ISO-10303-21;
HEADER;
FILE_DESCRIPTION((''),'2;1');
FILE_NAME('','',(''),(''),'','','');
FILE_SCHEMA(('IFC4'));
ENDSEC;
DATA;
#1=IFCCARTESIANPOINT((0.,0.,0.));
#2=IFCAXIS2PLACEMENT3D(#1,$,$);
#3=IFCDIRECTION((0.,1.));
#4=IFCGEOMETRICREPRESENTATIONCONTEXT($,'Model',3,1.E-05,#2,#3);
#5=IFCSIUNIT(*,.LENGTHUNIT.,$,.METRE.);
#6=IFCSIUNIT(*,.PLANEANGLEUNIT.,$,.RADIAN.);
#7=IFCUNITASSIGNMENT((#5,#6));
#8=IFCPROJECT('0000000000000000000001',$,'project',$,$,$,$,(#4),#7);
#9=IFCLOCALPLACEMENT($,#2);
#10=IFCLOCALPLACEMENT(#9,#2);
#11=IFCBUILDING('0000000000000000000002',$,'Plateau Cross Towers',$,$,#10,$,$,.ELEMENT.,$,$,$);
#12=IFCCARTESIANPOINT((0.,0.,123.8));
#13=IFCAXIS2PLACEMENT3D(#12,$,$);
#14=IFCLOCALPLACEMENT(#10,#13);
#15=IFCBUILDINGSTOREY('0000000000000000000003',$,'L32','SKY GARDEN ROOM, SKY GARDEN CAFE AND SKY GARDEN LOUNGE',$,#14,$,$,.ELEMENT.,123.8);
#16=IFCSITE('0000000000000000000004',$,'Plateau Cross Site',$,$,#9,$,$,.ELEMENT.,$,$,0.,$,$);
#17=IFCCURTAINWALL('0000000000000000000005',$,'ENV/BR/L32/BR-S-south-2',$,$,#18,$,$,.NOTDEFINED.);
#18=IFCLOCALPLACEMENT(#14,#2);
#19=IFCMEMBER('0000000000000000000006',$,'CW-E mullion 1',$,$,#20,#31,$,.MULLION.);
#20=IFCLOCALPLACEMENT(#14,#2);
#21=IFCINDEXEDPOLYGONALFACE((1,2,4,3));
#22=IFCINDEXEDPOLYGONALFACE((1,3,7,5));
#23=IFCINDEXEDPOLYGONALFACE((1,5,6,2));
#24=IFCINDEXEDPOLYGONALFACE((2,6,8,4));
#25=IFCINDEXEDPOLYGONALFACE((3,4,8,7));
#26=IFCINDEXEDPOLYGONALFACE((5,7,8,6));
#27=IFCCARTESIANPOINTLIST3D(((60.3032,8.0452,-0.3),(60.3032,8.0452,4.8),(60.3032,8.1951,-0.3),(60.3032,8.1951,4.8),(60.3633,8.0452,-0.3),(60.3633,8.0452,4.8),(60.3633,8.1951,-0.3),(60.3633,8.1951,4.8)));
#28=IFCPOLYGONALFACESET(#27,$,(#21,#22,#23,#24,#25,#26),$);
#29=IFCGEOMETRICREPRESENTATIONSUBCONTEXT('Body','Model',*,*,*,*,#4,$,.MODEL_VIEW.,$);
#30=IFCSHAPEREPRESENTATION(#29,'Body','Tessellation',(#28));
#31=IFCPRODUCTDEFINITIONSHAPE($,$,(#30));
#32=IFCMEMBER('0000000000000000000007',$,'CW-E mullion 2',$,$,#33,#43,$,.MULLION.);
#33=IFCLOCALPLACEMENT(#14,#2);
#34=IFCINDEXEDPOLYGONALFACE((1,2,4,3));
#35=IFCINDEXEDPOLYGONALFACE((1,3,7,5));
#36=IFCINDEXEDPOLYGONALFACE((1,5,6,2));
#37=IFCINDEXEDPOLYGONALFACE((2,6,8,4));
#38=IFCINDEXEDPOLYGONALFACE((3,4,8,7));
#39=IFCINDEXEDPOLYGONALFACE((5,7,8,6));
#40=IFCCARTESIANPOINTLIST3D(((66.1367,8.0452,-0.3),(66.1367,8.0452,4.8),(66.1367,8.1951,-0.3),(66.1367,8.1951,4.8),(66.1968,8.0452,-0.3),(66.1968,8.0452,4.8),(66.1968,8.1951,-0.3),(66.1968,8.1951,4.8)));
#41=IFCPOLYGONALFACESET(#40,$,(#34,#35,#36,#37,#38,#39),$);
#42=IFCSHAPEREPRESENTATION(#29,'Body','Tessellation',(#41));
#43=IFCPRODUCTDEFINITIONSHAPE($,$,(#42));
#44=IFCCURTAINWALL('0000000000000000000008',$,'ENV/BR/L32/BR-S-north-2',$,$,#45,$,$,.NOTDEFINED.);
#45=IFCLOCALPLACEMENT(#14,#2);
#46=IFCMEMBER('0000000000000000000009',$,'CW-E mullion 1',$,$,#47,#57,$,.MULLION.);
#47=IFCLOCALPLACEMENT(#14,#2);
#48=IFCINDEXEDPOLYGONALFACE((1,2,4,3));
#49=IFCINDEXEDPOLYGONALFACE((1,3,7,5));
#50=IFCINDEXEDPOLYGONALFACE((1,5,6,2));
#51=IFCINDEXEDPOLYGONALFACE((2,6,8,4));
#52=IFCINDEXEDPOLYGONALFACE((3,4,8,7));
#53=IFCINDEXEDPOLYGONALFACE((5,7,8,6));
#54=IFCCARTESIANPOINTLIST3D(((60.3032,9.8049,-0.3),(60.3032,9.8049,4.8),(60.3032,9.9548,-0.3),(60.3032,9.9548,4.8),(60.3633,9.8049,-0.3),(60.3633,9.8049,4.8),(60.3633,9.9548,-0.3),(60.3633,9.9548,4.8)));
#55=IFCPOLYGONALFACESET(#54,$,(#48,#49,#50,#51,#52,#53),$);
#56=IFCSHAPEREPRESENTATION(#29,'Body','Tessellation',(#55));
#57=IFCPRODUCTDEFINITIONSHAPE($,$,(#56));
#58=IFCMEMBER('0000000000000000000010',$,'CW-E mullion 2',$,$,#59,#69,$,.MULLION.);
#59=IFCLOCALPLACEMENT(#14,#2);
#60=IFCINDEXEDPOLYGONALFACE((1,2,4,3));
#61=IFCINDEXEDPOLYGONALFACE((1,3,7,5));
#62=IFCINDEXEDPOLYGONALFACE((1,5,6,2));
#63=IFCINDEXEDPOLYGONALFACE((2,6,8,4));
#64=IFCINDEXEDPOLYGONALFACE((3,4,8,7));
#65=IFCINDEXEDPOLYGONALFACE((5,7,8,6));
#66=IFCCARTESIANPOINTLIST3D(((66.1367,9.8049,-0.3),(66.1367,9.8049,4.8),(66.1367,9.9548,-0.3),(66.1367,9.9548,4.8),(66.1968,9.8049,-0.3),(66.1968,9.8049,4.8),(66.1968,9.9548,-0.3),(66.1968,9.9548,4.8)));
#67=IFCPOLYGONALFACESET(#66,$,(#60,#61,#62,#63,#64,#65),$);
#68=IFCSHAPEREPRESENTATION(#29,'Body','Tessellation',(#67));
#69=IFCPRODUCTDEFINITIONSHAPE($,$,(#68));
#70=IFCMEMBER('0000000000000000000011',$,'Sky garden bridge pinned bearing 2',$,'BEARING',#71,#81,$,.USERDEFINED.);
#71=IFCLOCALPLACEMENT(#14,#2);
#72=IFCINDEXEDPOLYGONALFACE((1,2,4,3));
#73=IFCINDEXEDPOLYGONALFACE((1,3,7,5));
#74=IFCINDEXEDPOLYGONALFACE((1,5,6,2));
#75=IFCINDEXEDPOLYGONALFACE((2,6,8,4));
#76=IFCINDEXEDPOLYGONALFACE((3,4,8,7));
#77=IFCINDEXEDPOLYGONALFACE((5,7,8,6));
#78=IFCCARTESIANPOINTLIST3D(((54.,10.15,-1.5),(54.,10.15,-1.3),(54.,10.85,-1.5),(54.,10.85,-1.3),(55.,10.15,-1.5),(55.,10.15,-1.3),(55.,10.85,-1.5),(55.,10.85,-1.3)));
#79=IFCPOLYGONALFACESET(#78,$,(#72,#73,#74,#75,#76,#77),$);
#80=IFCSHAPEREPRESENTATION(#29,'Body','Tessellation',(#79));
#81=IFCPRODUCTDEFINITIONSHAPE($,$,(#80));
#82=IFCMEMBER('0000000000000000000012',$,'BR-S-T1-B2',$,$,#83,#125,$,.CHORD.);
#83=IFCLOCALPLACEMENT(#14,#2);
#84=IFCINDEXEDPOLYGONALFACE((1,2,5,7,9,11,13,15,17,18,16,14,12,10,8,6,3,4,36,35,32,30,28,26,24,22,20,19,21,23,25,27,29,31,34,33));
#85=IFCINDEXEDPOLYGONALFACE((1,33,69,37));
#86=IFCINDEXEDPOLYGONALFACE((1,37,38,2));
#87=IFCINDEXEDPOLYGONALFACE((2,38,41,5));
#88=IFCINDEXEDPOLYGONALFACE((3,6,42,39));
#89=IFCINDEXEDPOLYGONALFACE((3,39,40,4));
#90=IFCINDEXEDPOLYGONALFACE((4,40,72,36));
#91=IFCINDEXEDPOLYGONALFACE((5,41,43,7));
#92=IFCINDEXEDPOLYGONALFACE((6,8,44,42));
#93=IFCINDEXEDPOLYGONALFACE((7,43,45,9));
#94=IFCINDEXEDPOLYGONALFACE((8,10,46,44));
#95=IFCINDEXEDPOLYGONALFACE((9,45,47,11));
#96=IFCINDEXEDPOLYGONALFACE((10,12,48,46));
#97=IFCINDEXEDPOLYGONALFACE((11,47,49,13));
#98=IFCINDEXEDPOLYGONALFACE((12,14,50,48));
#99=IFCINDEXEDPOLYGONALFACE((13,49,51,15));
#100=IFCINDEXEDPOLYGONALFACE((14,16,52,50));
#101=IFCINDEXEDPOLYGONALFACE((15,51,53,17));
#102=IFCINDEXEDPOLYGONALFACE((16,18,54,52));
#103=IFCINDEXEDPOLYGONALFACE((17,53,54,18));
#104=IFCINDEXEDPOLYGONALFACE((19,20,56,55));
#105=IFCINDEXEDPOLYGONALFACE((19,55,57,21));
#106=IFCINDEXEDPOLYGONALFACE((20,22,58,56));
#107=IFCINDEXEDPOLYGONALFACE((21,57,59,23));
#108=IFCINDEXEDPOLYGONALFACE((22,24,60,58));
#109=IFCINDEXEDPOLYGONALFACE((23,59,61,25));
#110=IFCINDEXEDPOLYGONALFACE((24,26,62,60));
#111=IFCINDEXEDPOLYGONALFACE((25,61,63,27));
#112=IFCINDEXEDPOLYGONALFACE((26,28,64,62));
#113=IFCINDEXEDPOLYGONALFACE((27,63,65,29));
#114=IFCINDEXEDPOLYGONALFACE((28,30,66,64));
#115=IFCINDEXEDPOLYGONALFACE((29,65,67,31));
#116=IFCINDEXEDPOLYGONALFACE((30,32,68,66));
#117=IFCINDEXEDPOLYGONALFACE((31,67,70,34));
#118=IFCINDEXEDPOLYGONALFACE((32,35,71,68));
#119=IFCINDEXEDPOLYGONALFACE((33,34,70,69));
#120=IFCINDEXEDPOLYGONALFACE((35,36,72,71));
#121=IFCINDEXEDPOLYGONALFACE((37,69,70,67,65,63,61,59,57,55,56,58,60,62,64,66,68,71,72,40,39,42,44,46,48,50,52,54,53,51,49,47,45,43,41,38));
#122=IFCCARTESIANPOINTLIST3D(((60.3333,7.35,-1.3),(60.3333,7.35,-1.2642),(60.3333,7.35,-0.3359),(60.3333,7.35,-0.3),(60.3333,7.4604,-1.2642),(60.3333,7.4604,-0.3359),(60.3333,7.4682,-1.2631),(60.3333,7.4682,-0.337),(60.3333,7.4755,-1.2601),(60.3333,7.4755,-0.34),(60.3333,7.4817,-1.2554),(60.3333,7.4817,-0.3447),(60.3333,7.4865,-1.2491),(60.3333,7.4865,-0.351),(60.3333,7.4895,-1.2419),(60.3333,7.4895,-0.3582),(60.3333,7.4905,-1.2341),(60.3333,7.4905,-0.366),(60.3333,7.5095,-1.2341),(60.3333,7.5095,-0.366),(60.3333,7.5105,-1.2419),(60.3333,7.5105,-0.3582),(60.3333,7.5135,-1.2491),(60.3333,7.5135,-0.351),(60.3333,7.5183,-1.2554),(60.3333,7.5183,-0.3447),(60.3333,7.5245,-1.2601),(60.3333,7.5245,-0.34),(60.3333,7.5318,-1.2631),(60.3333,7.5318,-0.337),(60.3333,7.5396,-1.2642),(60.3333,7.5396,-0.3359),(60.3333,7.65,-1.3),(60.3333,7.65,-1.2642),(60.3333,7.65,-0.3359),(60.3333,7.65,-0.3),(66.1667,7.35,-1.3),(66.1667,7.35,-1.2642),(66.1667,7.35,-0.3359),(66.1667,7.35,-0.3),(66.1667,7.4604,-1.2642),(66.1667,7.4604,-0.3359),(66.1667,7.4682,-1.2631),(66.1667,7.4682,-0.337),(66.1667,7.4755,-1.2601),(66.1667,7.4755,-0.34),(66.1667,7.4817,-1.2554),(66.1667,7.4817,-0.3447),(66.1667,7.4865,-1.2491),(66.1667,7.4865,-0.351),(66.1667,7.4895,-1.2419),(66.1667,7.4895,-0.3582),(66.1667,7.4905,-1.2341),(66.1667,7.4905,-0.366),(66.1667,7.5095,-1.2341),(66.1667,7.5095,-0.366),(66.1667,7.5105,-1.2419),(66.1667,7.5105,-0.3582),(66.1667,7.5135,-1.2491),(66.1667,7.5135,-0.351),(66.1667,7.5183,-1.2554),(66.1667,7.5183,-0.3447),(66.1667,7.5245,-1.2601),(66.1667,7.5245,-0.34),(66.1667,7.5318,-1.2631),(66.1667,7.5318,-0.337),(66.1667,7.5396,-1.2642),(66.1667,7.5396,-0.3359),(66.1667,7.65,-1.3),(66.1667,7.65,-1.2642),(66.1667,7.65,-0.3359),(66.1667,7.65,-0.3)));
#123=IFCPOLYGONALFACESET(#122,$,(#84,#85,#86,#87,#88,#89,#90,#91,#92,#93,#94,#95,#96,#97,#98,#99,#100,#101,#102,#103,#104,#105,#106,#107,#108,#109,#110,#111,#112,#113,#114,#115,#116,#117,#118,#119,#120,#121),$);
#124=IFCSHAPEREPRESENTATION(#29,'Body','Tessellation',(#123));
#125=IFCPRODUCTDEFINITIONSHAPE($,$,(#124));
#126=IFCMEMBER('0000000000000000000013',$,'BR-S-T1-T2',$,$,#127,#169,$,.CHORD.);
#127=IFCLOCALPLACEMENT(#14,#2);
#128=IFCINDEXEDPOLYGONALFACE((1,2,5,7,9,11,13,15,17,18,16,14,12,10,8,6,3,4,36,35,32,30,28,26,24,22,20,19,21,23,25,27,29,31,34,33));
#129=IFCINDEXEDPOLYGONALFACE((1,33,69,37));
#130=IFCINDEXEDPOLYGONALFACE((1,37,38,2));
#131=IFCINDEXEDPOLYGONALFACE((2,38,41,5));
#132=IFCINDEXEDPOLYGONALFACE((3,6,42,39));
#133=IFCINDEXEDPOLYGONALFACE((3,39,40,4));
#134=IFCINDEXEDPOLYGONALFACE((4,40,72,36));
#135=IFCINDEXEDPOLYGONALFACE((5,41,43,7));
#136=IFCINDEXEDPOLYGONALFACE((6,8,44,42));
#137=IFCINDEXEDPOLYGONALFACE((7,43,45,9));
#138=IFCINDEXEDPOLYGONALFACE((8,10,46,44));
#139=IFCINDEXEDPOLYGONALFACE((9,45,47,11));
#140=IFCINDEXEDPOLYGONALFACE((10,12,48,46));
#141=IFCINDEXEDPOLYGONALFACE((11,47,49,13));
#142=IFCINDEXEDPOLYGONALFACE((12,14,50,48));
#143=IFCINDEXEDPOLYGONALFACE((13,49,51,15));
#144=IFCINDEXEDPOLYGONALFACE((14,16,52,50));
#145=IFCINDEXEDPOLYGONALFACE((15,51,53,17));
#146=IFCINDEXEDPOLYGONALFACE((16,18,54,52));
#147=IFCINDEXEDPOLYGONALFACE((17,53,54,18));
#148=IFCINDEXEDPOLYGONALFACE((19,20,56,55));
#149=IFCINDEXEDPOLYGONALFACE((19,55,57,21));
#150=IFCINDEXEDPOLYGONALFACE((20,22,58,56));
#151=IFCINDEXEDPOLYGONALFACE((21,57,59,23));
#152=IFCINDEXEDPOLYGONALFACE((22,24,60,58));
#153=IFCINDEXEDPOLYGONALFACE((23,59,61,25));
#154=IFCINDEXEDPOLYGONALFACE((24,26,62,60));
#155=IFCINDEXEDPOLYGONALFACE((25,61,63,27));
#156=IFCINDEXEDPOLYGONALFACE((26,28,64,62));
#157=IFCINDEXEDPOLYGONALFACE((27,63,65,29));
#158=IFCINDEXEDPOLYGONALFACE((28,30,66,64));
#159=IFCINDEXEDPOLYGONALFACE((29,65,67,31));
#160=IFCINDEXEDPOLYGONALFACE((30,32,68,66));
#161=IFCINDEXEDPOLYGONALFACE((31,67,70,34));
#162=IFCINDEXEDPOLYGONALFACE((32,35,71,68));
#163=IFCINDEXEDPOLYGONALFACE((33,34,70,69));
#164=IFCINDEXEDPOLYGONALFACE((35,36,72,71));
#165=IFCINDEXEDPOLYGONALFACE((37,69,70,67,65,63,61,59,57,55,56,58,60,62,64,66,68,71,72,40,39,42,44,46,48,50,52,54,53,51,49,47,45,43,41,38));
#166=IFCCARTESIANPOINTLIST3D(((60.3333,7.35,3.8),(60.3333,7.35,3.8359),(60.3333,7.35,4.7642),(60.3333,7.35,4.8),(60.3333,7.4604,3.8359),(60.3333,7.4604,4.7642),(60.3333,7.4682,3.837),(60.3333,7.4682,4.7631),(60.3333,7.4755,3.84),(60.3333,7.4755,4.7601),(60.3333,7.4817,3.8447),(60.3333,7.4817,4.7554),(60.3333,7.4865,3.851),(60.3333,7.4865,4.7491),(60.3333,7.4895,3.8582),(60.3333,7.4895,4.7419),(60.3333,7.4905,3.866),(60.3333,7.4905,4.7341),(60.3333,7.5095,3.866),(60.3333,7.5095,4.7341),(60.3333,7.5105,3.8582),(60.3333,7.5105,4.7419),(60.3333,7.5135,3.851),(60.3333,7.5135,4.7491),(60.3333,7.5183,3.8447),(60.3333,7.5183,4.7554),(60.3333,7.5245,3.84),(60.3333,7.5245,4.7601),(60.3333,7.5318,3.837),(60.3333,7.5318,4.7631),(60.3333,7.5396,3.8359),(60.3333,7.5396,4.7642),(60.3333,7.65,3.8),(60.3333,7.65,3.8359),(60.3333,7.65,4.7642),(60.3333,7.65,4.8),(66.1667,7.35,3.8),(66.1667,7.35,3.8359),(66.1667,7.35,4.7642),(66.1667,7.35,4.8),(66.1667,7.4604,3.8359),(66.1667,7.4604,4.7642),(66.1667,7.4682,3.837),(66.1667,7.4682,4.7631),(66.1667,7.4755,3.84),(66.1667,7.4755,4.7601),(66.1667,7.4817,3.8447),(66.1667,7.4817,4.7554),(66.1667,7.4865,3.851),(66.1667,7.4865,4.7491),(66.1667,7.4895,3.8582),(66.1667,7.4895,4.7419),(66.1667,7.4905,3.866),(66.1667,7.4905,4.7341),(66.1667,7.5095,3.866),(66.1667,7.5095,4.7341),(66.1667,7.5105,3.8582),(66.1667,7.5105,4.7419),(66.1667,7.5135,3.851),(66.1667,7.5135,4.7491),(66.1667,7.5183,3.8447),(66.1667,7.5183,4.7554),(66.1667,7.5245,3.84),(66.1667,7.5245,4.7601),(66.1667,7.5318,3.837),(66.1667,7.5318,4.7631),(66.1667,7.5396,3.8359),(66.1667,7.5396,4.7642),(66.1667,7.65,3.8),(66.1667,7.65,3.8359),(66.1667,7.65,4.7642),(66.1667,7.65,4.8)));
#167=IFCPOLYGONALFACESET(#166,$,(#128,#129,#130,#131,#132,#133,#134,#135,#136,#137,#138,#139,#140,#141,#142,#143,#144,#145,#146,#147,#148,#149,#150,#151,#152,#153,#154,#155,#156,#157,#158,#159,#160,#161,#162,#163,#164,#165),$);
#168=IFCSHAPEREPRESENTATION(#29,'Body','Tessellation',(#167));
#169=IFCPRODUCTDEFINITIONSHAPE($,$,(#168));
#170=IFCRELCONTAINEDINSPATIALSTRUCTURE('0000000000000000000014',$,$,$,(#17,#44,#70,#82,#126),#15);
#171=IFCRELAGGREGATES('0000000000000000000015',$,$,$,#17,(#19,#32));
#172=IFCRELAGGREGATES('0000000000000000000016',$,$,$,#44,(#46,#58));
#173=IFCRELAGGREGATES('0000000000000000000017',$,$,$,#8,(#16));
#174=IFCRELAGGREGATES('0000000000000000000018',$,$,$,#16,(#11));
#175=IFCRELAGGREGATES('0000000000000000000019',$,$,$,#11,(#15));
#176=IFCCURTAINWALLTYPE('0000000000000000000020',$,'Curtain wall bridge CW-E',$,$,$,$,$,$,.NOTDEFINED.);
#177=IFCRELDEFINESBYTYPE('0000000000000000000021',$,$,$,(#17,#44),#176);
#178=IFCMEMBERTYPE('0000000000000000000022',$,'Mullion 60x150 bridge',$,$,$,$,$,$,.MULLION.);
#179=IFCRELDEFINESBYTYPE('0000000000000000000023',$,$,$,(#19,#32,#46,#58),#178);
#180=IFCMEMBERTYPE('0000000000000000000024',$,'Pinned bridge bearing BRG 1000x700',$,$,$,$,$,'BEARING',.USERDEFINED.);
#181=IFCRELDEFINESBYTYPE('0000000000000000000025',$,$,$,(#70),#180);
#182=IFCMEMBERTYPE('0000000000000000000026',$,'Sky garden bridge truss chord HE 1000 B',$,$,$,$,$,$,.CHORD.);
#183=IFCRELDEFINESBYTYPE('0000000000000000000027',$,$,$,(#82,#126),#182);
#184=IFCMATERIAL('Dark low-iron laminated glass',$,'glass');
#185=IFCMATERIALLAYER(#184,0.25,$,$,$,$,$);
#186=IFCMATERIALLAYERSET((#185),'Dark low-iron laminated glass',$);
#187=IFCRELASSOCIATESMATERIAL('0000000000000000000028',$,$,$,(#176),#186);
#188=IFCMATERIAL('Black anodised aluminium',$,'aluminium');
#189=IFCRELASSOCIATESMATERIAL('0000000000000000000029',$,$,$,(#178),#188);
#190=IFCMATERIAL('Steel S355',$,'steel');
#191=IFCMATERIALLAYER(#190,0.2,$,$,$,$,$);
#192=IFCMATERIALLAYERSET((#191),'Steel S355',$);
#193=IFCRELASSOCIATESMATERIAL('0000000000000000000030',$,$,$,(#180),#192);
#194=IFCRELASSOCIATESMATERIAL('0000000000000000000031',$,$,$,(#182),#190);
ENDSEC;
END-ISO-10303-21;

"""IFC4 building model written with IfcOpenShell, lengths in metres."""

from ifc_helpers import new_model, si_unit, direction, frame, origin, origin_2d, place, context, subcontext, project, spatial, rectangle, i_section, extrude, material, layer, layer_set, material_profile, profile_set, type_object, element, aggregate, save


model = new_model("IFC4")

# Units and contexts
model_context = context("Model", 3, precision=1e-05, world=origin(), true_north=direction((0.0, 1.0)))
body_context = subcontext(model_context, "Body", "Model", "MODEL_VIEW")
ifc_project = project(units=[si_unit("LENGTHUNIT", "METRE"), si_unit("PLANEANGLEUNIT", "RADIAN")], contexts=[model_context])

# Site, building, storey
site_placement = place(None, origin())
site = spatial("IfcSite", under=ifc_project, at=site_placement, Name="Plateau Cross Site", CompositionType="ELEMENT", RefElevation=0.0)
building_placement = place(site_placement, origin())
building = spatial("IfcBuilding", under=site, at=building_placement, Name="Plateau Cross Towers", CompositionType="ELEMENT")
storey_placement = place(building_placement, frame((0.0, 0.0, 123.8)))
storey = spatial("IfcBuildingStorey", under=building, at=storey_placement, Name="L32", Description="SKY GARDEN ROOM, SKY GARDEN CAFE AND SKY GARDEN LOUNGE", CompositionType="ELEMENT", Elevation=123.8)

# Curtain walls, members
ifc_material_1 = material(Name="Dark low-iron laminated glass", Category="glass")
ifc_layer_1 = layer(ifc_material_1, 0.25)
ifc_layer_set_1 = layer_set([ifc_layer_1], Name="Dark low-iron laminated glass")
curtain_wall_type = type_object("IfcCurtainWallType", Name="Curtain wall bridge CW-E", PredefinedType="NOTDEFINED", material=ifc_layer_set_1)
curtain_wall_1_placement = place(storey_placement, origin())
curtain_wall_1 = element("IfcCurtainWall", 1, at=curtain_wall_1_placement, inside=storey, type_object=curtain_wall_type, Name="ENV/BR/L32/BR-S-south-2", PredefinedType="NOTDEFINED")
ifc_material_2 = material(Name="Black anodised aluminium", Category="aluminium")
ifc_material_profile_1 = material_profile(ifc_material_2, rectangle(XDim=0.0601, YDim=0.1499, at=origin_2d()), Name="MULLION 60x150")
ifc_profile_set_1 = profile_set([ifc_material_profile_1], Name="Black anodised aluminium")
member_type_1 = type_object("IfcMemberType", Name="Mullion 60x150 bridge", PredefinedType="MULLION", material=ifc_profile_set_1)
member_1_placement = place(storey_placement, frame((60.3333, 8.1201, -0.3), z_axis=(0.0, 0.0, 1.0), x_axis=(1.0, 0.0, 0.0)))
member_1 = element("IfcMember", 2, at=member_1_placement, type_object=member_type_1, Name="CW-E mullion 1", PredefinedType="MULLION", context=body_context, shape_type="SweptSolid", body=[
    extrude(rectangle(XDim=0.0601, YDim=0.1499, at=origin_2d()), origin(), (0.0, 0.0, 1.0), 5.1001),
])
member_2_placement = place(storey_placement, frame((66.1667, 8.1201, -0.3), z_axis=(0.0, 0.0, 1.0), x_axis=(1.0, 0.0, 0.0)))
member_2 = element("IfcMember", 3, at=member_2_placement, type_object=member_type_1, Name="CW-E mullion 2", PredefinedType="MULLION", context=body_context, shape_type="SweptSolid", body=[
    extrude(rectangle(XDim=0.0601, YDim=0.1499, at=origin_2d()), origin(), (0.0, 0.0, 1.0), 5.1001),
])
curtain_wall_2_placement = place(storey_placement, origin())
curtain_wall_2 = element("IfcCurtainWall", 4, at=curtain_wall_2_placement, inside=storey, type_object=curtain_wall_type, Name="ENV/BR/L32/BR-S-north-2", PredefinedType="NOTDEFINED")
member_3_placement = place(storey_placement, frame((60.3333, 9.8799, -0.3), z_axis=(0.0, 0.0, 1.0), x_axis=(1.0, 0.0, 0.0)))
member_3 = element("IfcMember", 5, at=member_3_placement, type_object=member_type_1, Name="CW-E mullion 1", PredefinedType="MULLION", context=body_context, shape_type="SweptSolid", body=[
    extrude(rectangle(XDim=0.0601, YDim=0.1499, at=origin_2d()), origin(), (0.0, 0.0, 1.0), 5.1001),
])
member_4_placement = place(storey_placement, frame((66.1667, 9.8799, -0.3), z_axis=(0.0, 0.0, 1.0), x_axis=(1.0, 0.0, 0.0)))
member_4 = element("IfcMember", 6, at=member_4_placement, type_object=member_type_1, Name="CW-E mullion 2", PredefinedType="MULLION", context=body_context, shape_type="SweptSolid", body=[
    extrude(rectangle(XDim=0.0601, YDim=0.1499, at=origin_2d()), origin(), (0.0, 0.0, 1.0), 5.1001),
])

# Members
ifc_material_3 = material(Name="Steel S355", Category="steel")
ifc_layer_2 = layer(ifc_material_3, 0.2)
ifc_layer_set_2 = layer_set([ifc_layer_2], Name="Steel S355")
member_type_2 = type_object("IfcMemberType", Name="Pinned bridge bearing BRG 1000x700", ElementType="BEARING", PredefinedType="USERDEFINED", material=ifc_layer_set_2)
member_5_placement = place(storey_placement, frame((54.5, 10.5, -1.5), z_axis=(0.0, 0.0, 1.0), x_axis=(1.0, 0.0, 0.0)))
element("IfcMember", 7, at=member_5_placement, inside=storey, type_object=member_type_2, Name="Sky garden bridge pinned bearing 2", ObjectType="BEARING", PredefinedType="USERDEFINED", context=body_context, shape_type="SweptSolid", body=[
    extrude(rectangle(XDim=1.0, YDim=0.7, at=origin_2d()), origin(), (0.0, 0.0, 1.0), 0.2),
])
ifc_material_profile_2 = material_profile(ifc_material_3, i_section(OverallWidth=0.3, OverallDepth=1.0, WebThickness=0.019, FlangeThickness=0.0359, FilletRadius=0.03, at=origin_2d()), Name="HE 1000 B")
ifc_profile_set_2 = profile_set([ifc_material_profile_2], Name="Steel S355")
member_type_3 = type_object("IfcMemberType", Name="Sky garden bridge truss chord HE 1000 B", PredefinedType="CHORD", material=ifc_profile_set_2)
for number, where, z_axis, x_axis, name in (
    (8, (60.3333, 7.5, -0.8), (1.0, 0.0, 0.0), (0.0, 1.0, 0.0), "BR-S-T1-B2"),
    (9, (60.3333, 7.5, 4.3), (1.0, 0.0, 0.0), (0.0, 1.0, 0.0), "BR-S-T1-T2"),
):
    element("IfcMember", number, at=place(storey_placement, frame(where, z_axis=z_axis, x_axis=x_axis)), inside=storey, type_object=member_type_3, Name=name, PredefinedType="CHORD", context=body_context, shape_type="SweptSolid", body=[
        extrude(i_section(OverallWidth=0.3, OverallDepth=1.0, WebThickness=0.019, FlangeThickness=0.0359, FilletRadius=0.03, at=origin_2d()), origin(), (0.0, 0.0, 1.0), 5.8335),
    ])

aggregate(curtain_wall_1, [member_1, member_2])

aggregate(curtain_wall_2, [member_3, member_4])

save(model, "model.ifc")
